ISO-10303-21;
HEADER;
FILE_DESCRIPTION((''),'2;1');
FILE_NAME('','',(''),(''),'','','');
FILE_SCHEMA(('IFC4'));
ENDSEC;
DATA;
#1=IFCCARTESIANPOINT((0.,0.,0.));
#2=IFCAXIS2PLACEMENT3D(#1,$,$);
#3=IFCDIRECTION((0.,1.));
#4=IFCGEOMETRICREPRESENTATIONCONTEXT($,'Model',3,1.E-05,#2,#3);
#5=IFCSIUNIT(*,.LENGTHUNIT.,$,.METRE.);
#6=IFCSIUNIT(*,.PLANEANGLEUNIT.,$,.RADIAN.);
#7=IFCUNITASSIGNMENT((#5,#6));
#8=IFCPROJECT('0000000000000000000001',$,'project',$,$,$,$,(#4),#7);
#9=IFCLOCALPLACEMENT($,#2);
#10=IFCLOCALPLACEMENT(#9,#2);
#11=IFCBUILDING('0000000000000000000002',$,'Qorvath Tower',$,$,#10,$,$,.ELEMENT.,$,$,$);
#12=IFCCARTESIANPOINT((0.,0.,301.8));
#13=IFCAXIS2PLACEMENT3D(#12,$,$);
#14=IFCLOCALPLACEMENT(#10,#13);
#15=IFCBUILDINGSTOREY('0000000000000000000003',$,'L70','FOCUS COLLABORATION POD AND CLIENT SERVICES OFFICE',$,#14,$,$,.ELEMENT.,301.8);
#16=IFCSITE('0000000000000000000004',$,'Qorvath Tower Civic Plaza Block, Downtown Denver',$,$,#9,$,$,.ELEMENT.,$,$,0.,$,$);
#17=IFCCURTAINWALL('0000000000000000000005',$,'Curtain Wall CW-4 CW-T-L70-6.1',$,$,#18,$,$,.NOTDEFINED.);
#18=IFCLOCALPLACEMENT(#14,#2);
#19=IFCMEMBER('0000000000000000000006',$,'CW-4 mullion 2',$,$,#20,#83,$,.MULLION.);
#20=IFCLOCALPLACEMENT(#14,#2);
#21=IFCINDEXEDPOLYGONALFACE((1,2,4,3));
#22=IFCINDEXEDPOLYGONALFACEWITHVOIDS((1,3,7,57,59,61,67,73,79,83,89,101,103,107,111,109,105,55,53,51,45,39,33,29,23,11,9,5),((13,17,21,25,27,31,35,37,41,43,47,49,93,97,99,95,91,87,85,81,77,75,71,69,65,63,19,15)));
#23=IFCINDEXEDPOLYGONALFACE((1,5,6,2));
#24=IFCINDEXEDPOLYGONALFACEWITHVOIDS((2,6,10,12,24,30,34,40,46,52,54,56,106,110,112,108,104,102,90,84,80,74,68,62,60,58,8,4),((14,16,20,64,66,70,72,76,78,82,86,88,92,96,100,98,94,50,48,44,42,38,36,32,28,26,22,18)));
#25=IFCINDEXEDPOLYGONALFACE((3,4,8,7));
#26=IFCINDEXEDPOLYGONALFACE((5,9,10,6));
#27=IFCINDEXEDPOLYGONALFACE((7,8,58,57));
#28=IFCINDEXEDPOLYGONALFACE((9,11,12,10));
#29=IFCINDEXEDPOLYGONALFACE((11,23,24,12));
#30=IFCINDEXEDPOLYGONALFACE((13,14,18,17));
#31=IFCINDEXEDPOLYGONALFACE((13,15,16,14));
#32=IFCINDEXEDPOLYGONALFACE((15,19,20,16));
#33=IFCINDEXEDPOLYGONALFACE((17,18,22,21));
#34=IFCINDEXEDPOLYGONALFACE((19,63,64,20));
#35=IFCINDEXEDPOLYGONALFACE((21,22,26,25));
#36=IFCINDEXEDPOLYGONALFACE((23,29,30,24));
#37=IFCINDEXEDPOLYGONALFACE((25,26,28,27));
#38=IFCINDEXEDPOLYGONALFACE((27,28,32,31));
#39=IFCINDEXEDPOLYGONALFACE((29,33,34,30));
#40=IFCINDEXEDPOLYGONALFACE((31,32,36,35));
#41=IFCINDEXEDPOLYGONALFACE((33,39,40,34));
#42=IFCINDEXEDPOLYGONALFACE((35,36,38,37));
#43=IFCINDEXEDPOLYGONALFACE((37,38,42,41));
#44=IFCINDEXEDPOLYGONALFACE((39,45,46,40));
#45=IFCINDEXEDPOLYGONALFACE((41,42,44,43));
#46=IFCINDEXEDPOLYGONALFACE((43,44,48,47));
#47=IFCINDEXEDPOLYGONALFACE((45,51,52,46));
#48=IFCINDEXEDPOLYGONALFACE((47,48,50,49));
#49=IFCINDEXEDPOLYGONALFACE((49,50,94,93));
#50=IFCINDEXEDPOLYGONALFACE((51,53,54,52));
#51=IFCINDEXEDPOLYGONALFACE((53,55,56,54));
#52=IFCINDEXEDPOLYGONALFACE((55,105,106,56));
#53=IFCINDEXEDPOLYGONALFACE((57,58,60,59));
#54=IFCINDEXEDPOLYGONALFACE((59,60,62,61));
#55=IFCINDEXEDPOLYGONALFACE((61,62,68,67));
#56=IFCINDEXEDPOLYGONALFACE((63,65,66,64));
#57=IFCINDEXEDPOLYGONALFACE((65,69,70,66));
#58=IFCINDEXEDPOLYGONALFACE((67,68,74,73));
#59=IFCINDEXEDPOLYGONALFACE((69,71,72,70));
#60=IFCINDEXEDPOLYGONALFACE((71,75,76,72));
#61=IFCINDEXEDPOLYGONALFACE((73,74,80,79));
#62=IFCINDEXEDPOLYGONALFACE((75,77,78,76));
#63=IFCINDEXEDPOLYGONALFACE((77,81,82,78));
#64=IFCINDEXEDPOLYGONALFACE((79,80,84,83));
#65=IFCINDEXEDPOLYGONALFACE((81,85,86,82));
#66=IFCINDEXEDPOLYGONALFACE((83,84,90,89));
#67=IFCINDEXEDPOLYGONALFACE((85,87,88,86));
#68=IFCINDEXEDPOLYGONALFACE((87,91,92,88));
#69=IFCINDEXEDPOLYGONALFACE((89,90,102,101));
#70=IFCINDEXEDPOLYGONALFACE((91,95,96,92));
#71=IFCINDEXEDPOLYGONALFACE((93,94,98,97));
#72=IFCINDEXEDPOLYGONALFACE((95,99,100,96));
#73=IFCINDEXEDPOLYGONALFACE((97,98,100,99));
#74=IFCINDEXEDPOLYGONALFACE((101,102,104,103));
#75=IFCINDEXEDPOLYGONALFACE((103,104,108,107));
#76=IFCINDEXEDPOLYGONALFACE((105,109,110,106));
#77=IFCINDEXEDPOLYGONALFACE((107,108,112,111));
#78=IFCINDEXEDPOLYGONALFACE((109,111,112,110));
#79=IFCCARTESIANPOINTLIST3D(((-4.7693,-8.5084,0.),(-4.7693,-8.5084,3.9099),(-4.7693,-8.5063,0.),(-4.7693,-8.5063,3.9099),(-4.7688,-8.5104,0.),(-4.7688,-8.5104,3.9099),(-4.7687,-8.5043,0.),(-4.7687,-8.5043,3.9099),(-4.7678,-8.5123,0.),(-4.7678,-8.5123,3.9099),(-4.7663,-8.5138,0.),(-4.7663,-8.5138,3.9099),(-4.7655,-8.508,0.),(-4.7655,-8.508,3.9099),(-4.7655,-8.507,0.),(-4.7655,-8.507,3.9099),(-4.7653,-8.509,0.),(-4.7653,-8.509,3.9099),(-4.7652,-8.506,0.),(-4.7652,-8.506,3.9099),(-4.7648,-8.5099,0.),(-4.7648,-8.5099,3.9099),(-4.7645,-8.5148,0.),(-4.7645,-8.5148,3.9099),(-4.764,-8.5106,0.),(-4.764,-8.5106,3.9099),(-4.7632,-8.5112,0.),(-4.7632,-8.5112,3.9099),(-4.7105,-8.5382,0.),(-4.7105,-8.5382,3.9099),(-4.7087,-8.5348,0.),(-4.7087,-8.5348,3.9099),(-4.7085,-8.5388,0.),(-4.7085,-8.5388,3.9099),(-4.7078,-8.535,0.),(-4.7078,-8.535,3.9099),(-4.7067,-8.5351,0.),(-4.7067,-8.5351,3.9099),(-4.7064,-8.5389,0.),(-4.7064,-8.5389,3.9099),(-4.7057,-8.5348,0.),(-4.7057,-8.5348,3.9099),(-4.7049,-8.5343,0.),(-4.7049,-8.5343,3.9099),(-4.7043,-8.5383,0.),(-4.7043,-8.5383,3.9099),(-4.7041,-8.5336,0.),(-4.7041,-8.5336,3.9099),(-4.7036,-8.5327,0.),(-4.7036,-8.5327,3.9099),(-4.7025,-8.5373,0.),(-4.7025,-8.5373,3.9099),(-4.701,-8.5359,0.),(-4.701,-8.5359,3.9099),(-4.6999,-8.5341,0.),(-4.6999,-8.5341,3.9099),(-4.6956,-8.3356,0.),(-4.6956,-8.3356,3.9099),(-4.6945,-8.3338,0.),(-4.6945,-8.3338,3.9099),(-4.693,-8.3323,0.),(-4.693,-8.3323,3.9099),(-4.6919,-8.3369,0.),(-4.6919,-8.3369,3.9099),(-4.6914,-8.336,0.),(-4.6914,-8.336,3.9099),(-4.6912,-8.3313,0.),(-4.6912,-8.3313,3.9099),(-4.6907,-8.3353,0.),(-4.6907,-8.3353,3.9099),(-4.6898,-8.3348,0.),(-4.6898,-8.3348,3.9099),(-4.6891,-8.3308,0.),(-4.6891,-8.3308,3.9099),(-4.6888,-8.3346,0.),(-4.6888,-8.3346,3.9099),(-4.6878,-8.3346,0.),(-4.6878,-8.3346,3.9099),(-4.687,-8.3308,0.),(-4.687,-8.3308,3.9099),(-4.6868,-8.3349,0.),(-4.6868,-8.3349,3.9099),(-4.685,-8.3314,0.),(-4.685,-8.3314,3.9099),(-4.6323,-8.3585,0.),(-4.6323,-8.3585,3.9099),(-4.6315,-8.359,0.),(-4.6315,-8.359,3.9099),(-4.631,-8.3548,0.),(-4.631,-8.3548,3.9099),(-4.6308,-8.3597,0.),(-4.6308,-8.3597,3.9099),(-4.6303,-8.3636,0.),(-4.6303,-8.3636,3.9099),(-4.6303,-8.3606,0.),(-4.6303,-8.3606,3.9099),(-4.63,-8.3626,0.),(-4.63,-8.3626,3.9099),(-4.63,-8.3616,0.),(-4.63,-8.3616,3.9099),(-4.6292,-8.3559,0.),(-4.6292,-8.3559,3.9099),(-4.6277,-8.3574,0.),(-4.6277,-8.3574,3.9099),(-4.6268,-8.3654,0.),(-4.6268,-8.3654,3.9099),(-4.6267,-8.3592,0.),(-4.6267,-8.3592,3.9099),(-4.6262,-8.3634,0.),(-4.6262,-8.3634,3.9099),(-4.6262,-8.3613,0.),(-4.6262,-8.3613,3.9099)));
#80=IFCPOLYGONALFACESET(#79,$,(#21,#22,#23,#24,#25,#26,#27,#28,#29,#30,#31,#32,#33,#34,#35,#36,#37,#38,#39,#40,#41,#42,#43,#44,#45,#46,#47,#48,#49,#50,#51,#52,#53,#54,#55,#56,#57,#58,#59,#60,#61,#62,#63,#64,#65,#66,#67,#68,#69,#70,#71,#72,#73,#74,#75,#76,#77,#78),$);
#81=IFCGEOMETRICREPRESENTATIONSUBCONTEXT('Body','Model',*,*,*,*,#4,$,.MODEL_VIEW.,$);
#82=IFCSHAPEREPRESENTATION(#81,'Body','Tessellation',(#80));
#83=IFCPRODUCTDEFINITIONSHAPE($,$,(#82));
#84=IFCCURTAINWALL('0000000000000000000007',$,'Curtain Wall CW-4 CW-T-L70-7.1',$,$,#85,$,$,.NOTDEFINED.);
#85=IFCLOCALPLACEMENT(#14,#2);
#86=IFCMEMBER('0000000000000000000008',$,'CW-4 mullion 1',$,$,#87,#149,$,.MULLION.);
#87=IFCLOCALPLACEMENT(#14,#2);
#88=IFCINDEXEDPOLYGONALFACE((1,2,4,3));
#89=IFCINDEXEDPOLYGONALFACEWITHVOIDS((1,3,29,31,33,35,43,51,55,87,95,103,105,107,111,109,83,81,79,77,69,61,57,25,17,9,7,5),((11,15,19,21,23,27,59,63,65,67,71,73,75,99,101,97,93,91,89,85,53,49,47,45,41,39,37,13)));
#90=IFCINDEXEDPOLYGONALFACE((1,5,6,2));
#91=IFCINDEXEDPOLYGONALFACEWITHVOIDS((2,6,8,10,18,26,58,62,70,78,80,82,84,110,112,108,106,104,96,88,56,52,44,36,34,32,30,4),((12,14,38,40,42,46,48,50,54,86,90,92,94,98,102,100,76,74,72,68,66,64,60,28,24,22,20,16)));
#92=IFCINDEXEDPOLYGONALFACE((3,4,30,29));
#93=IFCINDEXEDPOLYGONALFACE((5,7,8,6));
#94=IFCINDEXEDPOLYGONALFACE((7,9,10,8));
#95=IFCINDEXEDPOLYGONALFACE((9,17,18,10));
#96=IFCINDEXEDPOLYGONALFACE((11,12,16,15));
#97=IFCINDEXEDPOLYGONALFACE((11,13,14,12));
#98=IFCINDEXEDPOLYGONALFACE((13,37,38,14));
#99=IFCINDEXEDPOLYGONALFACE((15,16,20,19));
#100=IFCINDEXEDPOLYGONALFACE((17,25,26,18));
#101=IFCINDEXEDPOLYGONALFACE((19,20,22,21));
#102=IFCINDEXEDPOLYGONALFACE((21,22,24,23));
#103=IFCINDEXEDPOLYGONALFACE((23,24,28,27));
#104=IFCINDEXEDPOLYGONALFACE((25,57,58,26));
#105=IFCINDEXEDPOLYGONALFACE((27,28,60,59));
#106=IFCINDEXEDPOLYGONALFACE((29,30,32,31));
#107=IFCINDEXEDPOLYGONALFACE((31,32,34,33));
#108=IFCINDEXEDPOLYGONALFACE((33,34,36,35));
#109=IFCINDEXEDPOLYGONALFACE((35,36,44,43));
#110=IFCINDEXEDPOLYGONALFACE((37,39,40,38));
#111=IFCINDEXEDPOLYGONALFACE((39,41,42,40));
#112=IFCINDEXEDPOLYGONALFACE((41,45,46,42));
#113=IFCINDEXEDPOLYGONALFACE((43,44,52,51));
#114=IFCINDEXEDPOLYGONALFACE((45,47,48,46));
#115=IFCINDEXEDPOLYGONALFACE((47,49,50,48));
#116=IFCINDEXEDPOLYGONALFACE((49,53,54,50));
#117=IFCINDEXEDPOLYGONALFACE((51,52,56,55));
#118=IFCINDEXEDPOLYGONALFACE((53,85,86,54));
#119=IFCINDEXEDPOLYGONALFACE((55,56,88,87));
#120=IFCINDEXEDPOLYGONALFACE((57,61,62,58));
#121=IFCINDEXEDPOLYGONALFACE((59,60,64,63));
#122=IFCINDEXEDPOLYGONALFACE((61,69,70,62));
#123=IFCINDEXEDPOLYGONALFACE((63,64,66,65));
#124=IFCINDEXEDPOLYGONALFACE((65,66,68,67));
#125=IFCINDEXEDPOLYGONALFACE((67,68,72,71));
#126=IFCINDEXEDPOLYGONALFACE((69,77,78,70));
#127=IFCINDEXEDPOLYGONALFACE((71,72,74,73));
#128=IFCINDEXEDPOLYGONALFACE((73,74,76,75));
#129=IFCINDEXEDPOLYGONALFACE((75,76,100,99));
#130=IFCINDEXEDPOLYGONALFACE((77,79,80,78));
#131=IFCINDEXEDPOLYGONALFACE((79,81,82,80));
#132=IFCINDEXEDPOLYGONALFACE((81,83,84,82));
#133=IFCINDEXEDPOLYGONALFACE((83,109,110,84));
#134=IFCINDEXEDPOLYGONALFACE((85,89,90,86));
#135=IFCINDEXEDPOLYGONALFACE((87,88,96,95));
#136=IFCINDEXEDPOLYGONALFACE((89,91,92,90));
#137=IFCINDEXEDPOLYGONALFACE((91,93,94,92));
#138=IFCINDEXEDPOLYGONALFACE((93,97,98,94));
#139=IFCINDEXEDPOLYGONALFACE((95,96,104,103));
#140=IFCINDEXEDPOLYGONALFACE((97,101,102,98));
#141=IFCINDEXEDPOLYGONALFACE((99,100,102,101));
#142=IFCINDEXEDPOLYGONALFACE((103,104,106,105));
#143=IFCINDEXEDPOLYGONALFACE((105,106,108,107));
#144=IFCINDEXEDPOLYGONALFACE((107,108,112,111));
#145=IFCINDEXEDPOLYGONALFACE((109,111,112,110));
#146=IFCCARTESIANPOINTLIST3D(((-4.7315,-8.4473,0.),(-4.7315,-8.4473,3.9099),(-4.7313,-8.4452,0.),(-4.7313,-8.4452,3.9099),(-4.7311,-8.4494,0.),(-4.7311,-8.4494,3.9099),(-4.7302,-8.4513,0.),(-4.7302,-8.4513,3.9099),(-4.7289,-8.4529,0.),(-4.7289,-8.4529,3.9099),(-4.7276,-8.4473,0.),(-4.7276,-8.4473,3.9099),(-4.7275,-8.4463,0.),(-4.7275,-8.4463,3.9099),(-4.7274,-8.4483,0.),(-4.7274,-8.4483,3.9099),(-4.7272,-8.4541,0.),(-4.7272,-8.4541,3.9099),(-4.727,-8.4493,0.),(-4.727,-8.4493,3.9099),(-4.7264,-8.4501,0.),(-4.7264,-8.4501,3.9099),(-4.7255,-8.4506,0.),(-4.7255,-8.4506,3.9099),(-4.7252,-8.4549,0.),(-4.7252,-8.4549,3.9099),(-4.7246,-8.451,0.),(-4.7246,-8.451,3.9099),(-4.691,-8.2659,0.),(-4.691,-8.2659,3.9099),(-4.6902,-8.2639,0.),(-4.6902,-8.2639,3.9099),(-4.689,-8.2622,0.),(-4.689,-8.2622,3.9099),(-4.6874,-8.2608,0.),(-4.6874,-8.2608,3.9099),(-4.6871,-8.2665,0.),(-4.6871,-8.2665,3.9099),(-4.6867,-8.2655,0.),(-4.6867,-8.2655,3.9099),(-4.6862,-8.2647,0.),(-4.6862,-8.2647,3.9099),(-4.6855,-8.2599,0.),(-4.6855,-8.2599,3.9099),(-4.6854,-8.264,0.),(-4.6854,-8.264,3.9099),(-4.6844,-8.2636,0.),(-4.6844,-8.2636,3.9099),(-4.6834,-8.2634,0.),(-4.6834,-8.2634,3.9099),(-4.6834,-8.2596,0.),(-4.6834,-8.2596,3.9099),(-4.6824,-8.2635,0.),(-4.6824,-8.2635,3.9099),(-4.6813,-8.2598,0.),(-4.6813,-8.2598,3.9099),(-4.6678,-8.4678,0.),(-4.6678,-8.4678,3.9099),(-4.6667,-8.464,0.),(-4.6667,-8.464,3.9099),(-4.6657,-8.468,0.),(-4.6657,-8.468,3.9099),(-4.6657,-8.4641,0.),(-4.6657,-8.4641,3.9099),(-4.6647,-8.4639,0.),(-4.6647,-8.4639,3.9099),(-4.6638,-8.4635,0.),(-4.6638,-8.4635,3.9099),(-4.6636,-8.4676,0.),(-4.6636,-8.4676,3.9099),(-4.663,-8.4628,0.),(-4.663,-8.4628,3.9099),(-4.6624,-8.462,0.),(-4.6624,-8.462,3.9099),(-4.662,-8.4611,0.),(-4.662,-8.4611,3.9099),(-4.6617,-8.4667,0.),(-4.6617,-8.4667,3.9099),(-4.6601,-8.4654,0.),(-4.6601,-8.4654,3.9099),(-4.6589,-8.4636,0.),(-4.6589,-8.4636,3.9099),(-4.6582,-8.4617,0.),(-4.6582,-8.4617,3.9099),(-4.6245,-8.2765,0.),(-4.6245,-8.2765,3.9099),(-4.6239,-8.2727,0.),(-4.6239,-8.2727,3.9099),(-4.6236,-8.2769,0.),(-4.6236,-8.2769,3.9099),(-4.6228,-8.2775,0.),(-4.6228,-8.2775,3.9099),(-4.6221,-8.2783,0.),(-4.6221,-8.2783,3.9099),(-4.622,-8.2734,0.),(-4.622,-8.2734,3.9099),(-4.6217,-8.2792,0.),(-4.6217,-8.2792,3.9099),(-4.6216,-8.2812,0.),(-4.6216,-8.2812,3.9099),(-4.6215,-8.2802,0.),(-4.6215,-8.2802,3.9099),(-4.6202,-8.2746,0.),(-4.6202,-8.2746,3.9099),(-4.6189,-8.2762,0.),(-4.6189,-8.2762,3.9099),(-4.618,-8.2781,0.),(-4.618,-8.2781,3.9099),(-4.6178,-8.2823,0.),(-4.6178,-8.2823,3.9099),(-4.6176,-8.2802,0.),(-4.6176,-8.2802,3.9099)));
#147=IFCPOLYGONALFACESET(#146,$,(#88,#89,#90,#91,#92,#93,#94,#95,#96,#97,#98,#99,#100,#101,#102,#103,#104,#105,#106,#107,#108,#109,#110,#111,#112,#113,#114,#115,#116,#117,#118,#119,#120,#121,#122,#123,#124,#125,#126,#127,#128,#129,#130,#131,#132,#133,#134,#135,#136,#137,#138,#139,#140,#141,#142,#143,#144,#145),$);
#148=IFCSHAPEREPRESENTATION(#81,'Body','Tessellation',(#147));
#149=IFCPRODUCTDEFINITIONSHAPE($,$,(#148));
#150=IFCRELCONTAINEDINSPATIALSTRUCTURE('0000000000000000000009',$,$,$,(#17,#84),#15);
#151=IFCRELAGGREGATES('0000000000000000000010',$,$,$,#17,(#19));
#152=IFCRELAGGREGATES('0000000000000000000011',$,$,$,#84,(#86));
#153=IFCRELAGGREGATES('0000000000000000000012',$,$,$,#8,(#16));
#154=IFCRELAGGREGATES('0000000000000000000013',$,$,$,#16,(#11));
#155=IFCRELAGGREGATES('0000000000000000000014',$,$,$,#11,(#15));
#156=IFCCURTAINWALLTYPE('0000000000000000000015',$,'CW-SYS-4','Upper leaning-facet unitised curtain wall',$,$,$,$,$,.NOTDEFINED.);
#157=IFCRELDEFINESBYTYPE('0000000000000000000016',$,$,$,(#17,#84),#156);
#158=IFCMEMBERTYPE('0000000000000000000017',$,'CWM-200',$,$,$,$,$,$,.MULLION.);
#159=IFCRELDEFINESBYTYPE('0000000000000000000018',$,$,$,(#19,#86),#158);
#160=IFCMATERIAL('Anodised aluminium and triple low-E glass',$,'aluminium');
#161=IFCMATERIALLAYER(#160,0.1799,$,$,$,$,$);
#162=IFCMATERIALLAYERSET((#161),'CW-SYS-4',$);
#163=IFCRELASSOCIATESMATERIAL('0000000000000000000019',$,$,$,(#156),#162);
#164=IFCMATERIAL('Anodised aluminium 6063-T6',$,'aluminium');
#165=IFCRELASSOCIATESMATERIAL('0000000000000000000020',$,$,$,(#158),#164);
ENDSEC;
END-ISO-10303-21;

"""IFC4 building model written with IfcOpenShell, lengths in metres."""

from ifc_helpers import new_model, si_unit, direction, frame, origin, origin_2d, place, context, subcontext, project, spatial, hollow_rectangle, extrude, material, layer, layer_set, material_profile, profile_set, type_object, element, aggregate, save


model = new_model("IFC4")

# Units and contexts
model_context = context("Model", 3, precision=1e-05, world=origin(), true_north=direction((0.0, 1.0)))
body_context = subcontext(model_context, "Body", "Model", "MODEL_VIEW")
ifc_project = project(units=[si_unit("LENGTHUNIT", "METRE"), si_unit("PLANEANGLEUNIT", "RADIAN")], contexts=[model_context])

# Site, building, storey
site_placement = place(None, origin())
site = spatial("IfcSite", under=ifc_project, at=site_placement, Name="Qorvath Tower Civic Plaza Block, Downtown Denver", CompositionType="ELEMENT", RefElevation=0.0)
building_placement = place(site_placement, origin())
building = spatial("IfcBuilding", under=site, at=building_placement, Name="Qorvath Tower", CompositionType="ELEMENT")
storey_placement = place(building_placement, frame((0.0, 0.0, 301.8)))
storey = spatial("IfcBuildingStorey", under=building, at=storey_placement, Name="L70", Description="FOCUS COLLABORATION POD AND CLIENT SERVICES OFFICE", CompositionType="ELEMENT", Elevation=301.8)

# Shared definitions
ifc_material_1 = material(Name="Anodised aluminium and triple low-E glass", Category="aluminium")
ifc_layer_1 = layer(ifc_material_1, 0.1799)
ifc_layer_set_1 = layer_set([ifc_layer_1], Name="CW-SYS-4")
curtain_wall_type = type_object("IfcCurtainWallType", Name="CW-SYS-4", Description="Upper leaning-facet unitised curtain wall", PredefinedType="NOTDEFINED", material=ifc_layer_set_1)
ifc_material_2 = material(Name="Anodised aluminium 6063-T6", Category="aluminium")
ifc_material_profile_1 = material_profile(ifc_material_2, hollow_rectangle(XDim=0.075, YDim=0.2, WallThickness=0.0039, InnerFilletRadius=0.0039, OuterFilletRadius=0.0081, at=origin_2d()), Name="CWM 200x75")
ifc_profile_set_1 = profile_set([ifc_material_profile_1], Name="Anodised aluminium 6063-T6")
member_type_1 = type_object("IfcMemberType", Name="CWM-200", PredefinedType="MULLION", material=ifc_profile_set_1)

# Curtain wall, member
curtain_wall_1_placement = place(storey_placement, origin())
curtain_wall_1 = element("IfcCurtainWall", 1, at=curtain_wall_1_placement, inside=storey, type_object=curtain_wall_type, Name="Curtain Wall CW-4 CW-T-L70-6.1", PredefinedType="NOTDEFINED")
member_1_placement = place(storey_placement, frame((-4.6978, -8.4348, 0.0), z_axis=(0.0, 0.0, 1.0), x_axis=(-0.917541, 0.397641, 0.0)))
member_1 = element("IfcMember", 2, at=member_1_placement, type_object=member_type_1, Name="CW-4 mullion 2", PredefinedType="MULLION", context=body_context, shape_type="SweptSolid", body=[
    extrude(hollow_rectangle(XDim=0.075, YDim=0.2, WallThickness=0.0039, InnerFilletRadius=0.0039, OuterFilletRadius=0.0081, at=origin_2d()), origin(), (0.0, 0.0, 1.0), 3.9099),
])

# Curtain wall, member
curtain_wall_2_placement = place(storey_placement, origin())
curtain_wall_2 = element("IfcCurtainWall", 3, at=curtain_wall_2_placement, inside=storey, type_object=curtain_wall_type, Name="Curtain Wall CW-4 CW-T-L70-7.1", PredefinedType="NOTDEFINED")
member_2_placement = place(storey_placement, frame((-4.6746, -8.3638, 0.0), z_axis=(0.0, 0.0, 1.0), x_axis=(-0.975637, 0.219389, 0.0)))
member_2 = element("IfcMember", 4, at=member_2_placement, type_object=member_type_1, Name="CW-4 mullion 1", PredefinedType="MULLION", context=body_context, shape_type="SweptSolid", body=[
    extrude(hollow_rectangle(XDim=0.075, YDim=0.2, WallThickness=0.0039, InnerFilletRadius=0.0039, OuterFilletRadius=0.0081, at=origin_2d()), origin(), (0.0, 0.0, 1.0), 3.9099),
])

aggregate(curtain_wall_1, [member_1])
aggregate(curtain_wall_2, [member_2])

save(model, "model.ifc")
